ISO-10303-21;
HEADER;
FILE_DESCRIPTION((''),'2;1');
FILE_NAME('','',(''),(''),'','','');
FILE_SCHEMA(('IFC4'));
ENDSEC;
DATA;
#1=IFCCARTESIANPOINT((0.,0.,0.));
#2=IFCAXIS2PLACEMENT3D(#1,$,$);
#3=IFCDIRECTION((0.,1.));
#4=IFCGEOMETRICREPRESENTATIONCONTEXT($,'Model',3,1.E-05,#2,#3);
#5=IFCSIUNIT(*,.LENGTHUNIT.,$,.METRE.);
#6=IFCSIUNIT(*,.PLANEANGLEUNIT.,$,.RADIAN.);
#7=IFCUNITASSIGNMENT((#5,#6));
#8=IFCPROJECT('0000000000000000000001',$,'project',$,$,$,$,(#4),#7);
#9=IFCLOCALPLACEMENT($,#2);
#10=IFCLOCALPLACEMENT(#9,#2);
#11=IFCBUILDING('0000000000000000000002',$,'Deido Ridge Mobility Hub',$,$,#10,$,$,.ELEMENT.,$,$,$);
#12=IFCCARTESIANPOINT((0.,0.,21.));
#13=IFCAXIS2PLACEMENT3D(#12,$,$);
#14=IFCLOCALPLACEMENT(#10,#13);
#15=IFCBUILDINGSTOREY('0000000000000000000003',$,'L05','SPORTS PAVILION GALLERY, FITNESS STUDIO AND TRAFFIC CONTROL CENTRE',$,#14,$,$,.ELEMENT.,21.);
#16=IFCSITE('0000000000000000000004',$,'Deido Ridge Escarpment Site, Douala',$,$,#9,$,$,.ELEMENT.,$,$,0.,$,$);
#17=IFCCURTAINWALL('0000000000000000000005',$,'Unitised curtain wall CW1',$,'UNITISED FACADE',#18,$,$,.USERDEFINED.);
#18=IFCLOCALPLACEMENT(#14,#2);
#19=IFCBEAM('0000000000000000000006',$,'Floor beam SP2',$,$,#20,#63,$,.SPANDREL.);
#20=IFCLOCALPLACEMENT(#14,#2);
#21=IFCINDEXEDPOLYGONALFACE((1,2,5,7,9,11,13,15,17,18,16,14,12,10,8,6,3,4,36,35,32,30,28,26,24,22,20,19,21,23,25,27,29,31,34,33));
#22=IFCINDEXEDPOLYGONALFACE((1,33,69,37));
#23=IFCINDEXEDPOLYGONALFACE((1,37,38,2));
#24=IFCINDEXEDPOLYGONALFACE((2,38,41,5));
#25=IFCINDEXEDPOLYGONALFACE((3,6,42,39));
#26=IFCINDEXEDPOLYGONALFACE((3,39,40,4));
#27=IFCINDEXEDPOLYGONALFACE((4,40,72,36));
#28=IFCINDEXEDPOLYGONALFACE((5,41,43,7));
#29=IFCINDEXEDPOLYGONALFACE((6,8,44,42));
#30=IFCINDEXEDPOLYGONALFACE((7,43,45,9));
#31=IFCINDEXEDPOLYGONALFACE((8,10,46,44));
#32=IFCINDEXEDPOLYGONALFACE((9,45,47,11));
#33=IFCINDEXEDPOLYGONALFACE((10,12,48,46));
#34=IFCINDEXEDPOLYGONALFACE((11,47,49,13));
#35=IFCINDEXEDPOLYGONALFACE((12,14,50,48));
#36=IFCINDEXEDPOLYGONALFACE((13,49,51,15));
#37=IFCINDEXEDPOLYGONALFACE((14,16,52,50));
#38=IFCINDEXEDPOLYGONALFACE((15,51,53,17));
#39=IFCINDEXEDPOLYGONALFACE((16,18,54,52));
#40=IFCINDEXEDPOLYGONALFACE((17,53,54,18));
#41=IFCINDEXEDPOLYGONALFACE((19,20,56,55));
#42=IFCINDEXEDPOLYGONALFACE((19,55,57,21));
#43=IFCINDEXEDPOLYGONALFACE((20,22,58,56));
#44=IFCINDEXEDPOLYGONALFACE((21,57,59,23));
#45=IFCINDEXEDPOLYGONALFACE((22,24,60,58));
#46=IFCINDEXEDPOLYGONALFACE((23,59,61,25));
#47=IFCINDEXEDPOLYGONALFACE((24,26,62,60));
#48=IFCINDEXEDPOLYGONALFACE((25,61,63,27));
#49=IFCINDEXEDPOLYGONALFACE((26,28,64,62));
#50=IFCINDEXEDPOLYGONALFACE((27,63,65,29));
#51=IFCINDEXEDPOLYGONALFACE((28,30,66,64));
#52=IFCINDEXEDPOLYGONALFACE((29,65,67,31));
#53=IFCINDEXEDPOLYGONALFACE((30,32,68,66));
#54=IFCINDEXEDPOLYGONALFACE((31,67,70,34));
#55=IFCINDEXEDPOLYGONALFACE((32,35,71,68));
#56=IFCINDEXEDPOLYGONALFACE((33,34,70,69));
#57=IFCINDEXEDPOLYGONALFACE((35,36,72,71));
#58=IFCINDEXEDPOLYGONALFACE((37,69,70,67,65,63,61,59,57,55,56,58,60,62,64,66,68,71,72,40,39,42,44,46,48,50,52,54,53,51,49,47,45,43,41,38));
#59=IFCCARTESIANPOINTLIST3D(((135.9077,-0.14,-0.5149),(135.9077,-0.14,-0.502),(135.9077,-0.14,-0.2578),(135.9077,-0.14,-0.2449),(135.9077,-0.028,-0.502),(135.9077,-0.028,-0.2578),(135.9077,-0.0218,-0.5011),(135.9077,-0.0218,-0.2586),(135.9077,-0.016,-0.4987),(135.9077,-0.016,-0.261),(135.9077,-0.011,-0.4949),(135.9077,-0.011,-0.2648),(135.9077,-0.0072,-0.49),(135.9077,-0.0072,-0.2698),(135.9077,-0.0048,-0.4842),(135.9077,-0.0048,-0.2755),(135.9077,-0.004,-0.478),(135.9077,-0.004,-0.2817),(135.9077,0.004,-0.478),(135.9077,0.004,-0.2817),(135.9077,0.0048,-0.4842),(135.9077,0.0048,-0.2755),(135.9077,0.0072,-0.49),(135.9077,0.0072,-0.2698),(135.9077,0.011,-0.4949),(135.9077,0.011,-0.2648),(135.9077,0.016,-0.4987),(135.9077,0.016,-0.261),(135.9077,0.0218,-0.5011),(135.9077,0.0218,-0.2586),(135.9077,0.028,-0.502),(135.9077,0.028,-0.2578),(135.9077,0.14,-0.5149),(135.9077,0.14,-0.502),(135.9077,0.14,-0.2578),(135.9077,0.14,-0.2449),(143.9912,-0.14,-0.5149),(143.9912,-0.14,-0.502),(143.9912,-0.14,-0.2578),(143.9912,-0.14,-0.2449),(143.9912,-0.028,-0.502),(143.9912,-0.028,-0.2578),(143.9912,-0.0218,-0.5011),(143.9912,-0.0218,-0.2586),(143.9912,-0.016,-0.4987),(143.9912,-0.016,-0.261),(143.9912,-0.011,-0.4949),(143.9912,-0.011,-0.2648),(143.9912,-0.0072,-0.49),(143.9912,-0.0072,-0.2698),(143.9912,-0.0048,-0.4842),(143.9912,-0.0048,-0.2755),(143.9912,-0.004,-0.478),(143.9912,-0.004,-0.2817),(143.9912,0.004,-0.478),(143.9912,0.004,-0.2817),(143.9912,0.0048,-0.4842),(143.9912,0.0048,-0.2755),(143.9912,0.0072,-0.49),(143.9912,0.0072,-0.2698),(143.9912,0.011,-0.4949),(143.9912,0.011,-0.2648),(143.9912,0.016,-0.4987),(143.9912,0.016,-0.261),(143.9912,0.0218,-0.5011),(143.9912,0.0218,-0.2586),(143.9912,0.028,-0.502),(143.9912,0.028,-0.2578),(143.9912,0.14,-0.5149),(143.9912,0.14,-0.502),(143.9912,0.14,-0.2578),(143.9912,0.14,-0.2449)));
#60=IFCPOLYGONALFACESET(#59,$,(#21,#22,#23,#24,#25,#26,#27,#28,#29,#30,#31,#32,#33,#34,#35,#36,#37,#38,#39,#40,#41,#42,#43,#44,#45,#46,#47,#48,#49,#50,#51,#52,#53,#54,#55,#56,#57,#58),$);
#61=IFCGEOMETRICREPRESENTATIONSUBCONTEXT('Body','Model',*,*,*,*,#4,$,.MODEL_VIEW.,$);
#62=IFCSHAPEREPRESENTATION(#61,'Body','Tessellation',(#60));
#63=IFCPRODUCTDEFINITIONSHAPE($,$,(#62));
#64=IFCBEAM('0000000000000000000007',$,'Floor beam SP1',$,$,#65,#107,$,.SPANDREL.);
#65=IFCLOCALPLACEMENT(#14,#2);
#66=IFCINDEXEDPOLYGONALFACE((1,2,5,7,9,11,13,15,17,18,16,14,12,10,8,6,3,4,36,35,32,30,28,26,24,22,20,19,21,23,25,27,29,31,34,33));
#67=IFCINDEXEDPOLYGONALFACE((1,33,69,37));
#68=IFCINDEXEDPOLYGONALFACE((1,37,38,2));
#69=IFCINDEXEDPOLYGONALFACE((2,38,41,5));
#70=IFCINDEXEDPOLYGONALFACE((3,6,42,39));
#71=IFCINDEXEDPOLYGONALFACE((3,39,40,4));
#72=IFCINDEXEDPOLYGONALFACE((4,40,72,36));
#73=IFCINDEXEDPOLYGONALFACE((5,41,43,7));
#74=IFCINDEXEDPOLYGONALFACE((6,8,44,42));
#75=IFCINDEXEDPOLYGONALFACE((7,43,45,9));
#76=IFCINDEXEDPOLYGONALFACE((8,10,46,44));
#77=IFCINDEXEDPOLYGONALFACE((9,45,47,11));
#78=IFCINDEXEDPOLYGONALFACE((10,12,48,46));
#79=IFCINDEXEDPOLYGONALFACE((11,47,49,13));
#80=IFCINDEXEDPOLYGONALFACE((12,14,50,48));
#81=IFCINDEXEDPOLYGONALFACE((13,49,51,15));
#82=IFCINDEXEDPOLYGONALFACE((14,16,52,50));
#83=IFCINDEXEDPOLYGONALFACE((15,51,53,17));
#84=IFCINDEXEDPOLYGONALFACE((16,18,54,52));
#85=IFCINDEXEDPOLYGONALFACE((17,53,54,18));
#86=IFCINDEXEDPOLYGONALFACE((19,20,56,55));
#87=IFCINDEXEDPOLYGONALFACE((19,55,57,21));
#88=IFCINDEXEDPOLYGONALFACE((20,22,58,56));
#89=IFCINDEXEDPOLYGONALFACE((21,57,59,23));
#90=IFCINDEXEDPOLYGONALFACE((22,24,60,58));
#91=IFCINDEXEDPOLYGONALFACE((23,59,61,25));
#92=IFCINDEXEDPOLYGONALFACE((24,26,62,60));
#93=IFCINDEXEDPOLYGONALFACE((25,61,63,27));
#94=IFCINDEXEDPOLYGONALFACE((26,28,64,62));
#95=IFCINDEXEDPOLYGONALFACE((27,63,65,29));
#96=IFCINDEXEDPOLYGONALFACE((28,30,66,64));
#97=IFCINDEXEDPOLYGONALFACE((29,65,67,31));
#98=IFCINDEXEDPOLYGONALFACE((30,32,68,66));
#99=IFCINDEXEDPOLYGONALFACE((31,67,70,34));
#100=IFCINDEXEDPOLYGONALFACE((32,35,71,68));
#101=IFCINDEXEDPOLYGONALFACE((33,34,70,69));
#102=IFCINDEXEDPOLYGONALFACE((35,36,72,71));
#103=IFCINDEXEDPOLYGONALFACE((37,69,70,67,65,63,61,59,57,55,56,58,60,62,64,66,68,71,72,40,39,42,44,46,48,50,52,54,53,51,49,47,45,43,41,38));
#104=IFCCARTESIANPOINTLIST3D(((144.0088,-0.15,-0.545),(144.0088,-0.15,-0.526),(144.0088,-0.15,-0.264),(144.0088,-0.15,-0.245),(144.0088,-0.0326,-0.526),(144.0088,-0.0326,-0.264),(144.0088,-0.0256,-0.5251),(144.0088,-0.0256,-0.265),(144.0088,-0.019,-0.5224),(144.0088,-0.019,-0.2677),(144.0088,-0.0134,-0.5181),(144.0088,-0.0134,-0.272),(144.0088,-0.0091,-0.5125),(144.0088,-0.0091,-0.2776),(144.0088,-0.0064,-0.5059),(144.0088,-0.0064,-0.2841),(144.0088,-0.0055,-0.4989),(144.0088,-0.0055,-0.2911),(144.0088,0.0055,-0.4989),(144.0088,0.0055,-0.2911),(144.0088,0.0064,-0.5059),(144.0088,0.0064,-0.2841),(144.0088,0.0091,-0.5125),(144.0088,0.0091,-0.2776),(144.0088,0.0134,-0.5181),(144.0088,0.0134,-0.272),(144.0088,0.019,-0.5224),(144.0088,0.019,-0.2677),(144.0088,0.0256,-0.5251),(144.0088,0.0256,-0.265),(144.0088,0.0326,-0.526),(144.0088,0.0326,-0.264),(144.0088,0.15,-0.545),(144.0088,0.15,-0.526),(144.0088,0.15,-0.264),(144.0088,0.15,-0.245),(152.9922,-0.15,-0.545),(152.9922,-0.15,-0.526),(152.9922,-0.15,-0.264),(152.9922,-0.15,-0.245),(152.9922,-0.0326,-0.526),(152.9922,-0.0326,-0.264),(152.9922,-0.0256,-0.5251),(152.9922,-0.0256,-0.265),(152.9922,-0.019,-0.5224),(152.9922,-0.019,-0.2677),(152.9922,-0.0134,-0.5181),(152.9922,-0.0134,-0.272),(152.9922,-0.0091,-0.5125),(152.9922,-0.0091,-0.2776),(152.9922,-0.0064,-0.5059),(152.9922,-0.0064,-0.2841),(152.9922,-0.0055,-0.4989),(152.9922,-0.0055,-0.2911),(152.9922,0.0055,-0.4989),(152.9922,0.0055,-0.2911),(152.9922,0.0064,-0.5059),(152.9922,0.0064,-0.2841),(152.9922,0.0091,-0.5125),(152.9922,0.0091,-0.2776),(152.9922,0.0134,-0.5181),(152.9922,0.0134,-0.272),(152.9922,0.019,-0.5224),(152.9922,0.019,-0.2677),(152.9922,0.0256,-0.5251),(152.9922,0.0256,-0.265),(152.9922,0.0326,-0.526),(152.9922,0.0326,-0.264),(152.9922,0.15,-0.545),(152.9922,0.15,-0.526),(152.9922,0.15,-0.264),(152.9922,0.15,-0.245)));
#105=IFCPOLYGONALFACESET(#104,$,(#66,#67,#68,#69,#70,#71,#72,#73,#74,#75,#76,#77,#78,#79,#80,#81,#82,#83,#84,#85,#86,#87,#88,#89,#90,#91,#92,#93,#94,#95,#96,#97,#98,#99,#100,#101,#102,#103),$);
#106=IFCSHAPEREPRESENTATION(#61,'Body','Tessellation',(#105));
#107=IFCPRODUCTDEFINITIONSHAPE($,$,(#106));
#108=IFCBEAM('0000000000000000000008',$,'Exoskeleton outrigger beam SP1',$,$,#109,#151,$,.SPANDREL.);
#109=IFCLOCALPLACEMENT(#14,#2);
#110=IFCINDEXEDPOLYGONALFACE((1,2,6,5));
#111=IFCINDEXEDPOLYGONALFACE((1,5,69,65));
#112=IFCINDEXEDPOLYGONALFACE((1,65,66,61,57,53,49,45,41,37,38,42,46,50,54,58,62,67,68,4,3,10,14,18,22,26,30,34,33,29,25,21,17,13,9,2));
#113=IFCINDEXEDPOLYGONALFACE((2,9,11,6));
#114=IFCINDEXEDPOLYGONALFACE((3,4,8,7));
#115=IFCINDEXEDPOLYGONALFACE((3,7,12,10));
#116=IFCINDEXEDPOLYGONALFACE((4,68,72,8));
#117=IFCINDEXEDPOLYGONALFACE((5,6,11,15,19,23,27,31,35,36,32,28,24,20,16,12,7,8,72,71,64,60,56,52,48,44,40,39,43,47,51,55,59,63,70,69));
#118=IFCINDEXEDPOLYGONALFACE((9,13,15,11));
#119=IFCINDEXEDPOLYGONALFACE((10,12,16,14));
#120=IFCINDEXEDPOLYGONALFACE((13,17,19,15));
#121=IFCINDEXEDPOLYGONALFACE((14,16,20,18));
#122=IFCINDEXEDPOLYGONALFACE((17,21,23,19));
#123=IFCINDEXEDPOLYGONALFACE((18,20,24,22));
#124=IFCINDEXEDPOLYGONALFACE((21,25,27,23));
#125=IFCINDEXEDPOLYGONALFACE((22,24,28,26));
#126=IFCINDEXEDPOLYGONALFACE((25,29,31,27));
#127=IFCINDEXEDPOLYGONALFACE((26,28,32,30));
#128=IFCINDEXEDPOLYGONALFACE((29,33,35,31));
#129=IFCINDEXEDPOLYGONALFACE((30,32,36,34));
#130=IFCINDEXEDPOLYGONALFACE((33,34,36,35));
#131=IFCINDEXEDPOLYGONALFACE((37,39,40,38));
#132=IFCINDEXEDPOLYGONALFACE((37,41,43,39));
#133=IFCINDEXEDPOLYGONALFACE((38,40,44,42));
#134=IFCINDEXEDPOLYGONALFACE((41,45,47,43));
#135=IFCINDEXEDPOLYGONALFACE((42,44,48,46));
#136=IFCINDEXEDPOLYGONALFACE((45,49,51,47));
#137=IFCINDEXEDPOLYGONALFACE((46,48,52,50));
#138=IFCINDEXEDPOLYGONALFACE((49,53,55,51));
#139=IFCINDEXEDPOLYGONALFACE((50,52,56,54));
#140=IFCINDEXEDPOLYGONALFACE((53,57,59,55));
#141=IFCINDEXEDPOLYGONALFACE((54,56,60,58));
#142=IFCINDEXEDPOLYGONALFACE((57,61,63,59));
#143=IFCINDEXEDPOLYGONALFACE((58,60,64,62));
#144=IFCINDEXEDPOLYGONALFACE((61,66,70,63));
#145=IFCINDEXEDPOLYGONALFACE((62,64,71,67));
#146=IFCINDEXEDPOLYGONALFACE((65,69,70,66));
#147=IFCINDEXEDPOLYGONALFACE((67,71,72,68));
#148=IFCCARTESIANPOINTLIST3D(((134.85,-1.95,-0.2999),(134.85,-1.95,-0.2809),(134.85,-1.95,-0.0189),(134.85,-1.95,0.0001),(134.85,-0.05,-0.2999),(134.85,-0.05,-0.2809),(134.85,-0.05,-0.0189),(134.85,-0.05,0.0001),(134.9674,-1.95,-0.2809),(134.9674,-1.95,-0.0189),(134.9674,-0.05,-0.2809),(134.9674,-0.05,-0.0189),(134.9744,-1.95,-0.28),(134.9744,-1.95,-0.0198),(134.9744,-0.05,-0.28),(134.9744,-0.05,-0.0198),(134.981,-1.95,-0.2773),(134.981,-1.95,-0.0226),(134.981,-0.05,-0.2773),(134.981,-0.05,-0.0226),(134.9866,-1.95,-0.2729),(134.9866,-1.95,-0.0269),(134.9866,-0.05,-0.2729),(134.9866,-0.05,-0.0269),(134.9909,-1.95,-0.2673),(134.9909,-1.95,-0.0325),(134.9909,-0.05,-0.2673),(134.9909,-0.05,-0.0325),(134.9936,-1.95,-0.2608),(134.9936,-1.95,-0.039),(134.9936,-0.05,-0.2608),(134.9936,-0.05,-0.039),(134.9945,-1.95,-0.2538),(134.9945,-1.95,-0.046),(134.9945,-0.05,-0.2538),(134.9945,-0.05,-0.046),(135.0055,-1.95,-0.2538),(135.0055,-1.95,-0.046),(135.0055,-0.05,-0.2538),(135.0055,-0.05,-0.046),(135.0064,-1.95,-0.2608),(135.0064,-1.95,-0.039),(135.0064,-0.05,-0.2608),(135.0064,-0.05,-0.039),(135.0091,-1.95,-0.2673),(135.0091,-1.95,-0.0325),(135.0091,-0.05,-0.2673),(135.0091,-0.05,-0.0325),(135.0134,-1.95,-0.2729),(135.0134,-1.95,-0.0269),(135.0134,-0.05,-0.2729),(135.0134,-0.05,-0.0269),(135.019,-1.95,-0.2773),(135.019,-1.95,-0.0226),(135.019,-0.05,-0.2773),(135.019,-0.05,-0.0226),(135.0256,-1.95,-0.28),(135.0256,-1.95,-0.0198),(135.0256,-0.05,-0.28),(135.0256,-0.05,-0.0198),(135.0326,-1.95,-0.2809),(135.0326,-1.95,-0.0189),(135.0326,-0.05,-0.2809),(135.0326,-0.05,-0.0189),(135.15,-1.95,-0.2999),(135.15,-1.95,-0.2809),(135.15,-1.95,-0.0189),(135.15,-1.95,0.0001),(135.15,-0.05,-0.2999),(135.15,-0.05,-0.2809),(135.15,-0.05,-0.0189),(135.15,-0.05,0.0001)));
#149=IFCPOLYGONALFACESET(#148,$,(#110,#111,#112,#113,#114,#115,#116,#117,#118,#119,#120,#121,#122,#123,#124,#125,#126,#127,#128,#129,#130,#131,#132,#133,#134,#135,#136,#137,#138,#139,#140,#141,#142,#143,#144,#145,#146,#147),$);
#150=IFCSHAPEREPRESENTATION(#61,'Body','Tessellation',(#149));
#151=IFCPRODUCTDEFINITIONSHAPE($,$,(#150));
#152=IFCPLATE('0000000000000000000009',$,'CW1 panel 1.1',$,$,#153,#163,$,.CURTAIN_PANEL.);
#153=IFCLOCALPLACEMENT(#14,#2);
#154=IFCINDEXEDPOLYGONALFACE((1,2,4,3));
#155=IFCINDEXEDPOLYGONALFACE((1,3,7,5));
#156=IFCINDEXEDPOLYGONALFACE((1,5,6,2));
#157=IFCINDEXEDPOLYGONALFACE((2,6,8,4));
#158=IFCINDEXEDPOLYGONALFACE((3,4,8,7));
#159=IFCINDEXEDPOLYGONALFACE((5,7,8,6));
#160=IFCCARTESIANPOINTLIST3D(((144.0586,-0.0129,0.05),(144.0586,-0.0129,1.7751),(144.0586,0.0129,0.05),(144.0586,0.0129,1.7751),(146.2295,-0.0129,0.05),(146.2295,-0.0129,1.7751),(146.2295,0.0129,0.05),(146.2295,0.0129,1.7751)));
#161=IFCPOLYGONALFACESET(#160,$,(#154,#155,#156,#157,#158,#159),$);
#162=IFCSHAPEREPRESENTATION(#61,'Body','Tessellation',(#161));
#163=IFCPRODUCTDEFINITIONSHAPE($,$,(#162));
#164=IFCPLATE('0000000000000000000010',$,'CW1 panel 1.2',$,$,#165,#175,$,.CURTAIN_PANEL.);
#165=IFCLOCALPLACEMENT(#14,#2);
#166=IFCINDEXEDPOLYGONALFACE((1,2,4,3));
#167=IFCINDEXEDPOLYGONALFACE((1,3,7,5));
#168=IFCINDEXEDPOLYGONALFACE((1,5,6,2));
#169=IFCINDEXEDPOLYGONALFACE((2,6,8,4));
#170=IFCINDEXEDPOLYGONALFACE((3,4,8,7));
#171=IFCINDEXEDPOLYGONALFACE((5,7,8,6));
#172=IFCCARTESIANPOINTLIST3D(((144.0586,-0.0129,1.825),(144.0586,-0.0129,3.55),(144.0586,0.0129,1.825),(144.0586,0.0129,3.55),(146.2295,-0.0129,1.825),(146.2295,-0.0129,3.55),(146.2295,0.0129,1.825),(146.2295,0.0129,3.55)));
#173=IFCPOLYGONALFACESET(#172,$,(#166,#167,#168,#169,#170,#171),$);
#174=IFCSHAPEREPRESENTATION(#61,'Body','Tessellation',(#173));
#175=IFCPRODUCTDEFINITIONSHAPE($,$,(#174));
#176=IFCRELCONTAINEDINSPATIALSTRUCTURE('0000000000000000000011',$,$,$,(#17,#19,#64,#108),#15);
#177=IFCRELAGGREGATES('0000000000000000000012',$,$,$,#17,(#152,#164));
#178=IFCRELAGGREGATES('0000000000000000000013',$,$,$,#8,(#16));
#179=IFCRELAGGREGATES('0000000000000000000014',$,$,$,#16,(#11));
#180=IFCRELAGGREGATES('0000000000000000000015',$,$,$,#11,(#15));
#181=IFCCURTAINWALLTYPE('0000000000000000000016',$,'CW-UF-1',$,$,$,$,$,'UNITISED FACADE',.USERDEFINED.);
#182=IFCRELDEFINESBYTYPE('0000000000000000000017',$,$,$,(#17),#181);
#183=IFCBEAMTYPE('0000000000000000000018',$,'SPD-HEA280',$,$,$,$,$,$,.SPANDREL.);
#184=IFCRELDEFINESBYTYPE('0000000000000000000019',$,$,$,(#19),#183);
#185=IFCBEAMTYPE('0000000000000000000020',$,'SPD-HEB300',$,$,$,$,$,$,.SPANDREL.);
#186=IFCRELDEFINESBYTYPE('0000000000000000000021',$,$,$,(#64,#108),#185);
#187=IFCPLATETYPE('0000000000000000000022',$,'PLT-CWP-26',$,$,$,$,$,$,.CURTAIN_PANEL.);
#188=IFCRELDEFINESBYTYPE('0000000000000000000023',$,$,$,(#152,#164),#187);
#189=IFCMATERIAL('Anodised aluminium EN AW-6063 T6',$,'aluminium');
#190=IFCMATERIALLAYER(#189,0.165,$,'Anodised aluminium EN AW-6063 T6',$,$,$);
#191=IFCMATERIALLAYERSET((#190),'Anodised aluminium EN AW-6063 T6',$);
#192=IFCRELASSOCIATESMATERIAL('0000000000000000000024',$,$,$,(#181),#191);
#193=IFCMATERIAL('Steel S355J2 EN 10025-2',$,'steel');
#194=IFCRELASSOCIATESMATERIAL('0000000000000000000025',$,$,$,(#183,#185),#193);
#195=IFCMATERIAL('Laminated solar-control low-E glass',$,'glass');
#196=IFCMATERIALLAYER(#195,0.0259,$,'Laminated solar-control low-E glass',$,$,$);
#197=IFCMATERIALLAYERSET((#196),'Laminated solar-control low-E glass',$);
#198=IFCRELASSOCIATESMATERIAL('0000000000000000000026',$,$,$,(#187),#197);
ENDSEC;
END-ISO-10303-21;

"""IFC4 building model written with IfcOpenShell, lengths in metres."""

from ifc_helpers import new_model, si_unit, direction, frame, origin, origin_2d, place, context, subcontext, project, spatial, rectangle, i_section, extrude, material, layer, layer_set, material_profile, profile_set, type_object, element, aggregate, save


model = new_model("IFC4")

# Units and contexts
model_context = context("Model", 3, precision=1e-05, world=origin(), true_north=direction((0.0, 1.0)))
body_context = subcontext(model_context, "Body", "Model", "MODEL_VIEW")
ifc_project = project(units=[si_unit("LENGTHUNIT", "METRE"), si_unit("PLANEANGLEUNIT", "RADIAN")], contexts=[model_context])

# Site, building, storey
site_placement = place(None, origin())
site = spatial("IfcSite", under=ifc_project, at=site_placement, Name="Deido Ridge Escarpment Site, Douala", CompositionType="ELEMENT", RefElevation=0.0)
building_placement = place(site_placement, origin())
building = spatial("IfcBuilding", under=site, at=building_placement, Name="Deido Ridge Mobility Hub", CompositionType="ELEMENT")
storey_placement = place(building_placement, frame((0.0, 0.0, 21.0)))
storey = spatial("IfcBuildingStorey", under=building, at=storey_placement, Name="L05", Description="SPORTS PAVILION GALLERY, FITNESS STUDIO AND TRAFFIC CONTROL CENTRE", CompositionType="ELEMENT", Elevation=21.0)

# Shared definitions
ifc_material_1 = material(Name="Steel S355J2 EN 10025-2", Category="steel")

# Curtain wall
ifc_material_2 = material(Name="Anodised aluminium EN AW-6063 T6", Category="aluminium")
ifc_layer_1 = layer(ifc_material_2, 0.165, Name="Anodised aluminium EN AW-6063 T6")
ifc_layer_set_1 = layer_set([ifc_layer_1], Name="Anodised aluminium EN AW-6063 T6")
curtain_wall_type = type_object("IfcCurtainWallType", Name="CW-UF-1", ElementType="UNITISED FACADE", PredefinedType="USERDEFINED", material=ifc_layer_set_1)
curtain_wall_placement = place(storey_placement, origin())
curtain_wall = element("IfcCurtainWall", 1, at=curtain_wall_placement, inside=storey, type_object=curtain_wall_type, Name="Unitised curtain wall CW1", ObjectType="UNITISED FACADE", PredefinedType="USERDEFINED")

# Beams
ifc_material_profile_1 = material_profile(ifc_material_1, i_section(OverallWidth=0.28, OverallDepth=0.27, WebThickness=0.0081, FlangeThickness=0.0129, FilletRadius=0.0239, at=origin_2d()), Name="HEA 280")
ifc_profile_set_1 = profile_set([ifc_material_profile_1], Name="Steel S355J2 EN 10025-2")
beam_type_1 = type_object("IfcBeamType", Name="SPD-HEA280", PredefinedType="SPANDREL", material=ifc_profile_set_1)
beam_1_placement = place(storey_placement, frame((135.9077, 0.0, -0.3799), z_axis=(1.0, 0.0, 0.0), x_axis=(0.0, 1.0, 0.0)))
element("IfcBeam", 2, at=beam_1_placement, inside=storey, type_object=beam_type_1, Name="Floor beam SP2", PredefinedType="SPANDREL", context=body_context, shape_type="SweptSolid", body=[
    extrude(i_section(OverallWidth=0.28, OverallDepth=0.27, WebThickness=0.0081, FlangeThickness=0.0129, FilletRadius=0.0239, at=origin_2d()), origin(), (0.0, 0.0, 1.0), 8.0835),
])
ifc_material_profile_2 = material_profile(ifc_material_1, i_section(OverallWidth=0.3, OverallDepth=0.3, WebThickness=0.011, FlangeThickness=0.019, FilletRadius=0.0271, at=origin_2d()), Name="HEB 300")
ifc_profile_set_2 = profile_set([ifc_material_profile_2], Name="Steel S355J2 EN 10025-2")
beam_type_2 = type_object("IfcBeamType", Name="SPD-HEB300", PredefinedType="SPANDREL", material=ifc_profile_set_2)
beam_2_placement = place(storey_placement, frame((144.0088, 0.0, -0.395), z_axis=(1.0, 0.0, 0.0), x_axis=(0.0, 1.0, 0.0)))
element("IfcBeam", 3, at=beam_2_placement, inside=storey, type_object=beam_type_2, Name="Floor beam SP1", PredefinedType="SPANDREL", context=body_context, shape_type="SweptSolid", body=[
    extrude(i_section(OverallWidth=0.3, OverallDepth=0.3, WebThickness=0.011, FlangeThickness=0.019, FilletRadius=0.0271, at=origin_2d()), origin(), (0.0, 0.0, 1.0), 8.9834),
])
beam_3_placement = place(storey_placement, frame((135.0, -0.05, -0.1499), z_axis=(0.0, -1.0, 0.0), x_axis=(1.0, 0.0, 0.0)))
element("IfcBeam", 4, at=beam_3_placement, inside=storey, type_object=beam_type_2, Name="Exoskeleton outrigger beam SP1", PredefinedType="SPANDREL", context=body_context, shape_type="SweptSolid", body=[
    extrude(i_section(OverallWidth=0.3, OverallDepth=0.3, WebThickness=0.011, FlangeThickness=0.019, FilletRadius=0.0271, at=origin_2d()), origin(), (0.0, 0.0, 1.0), 1.8999),
])

# Plates
ifc_material_3 = material(Name="Laminated solar-control low-E glass", Category="glass")
ifc_layer_2 = layer(ifc_material_3, 0.0259, Name="Laminated solar-control low-E glass")
ifc_layer_set_2 = layer_set([ifc_layer_2], Name="Laminated solar-control low-E glass")
plate_type = type_object("IfcPlateType", Name="PLT-CWP-26", PredefinedType="CURTAIN_PANEL", material=ifc_layer_set_2)
plate_1_placement = place(storey_placement, frame((145.144, 0.0, 0.05), z_axis=(0.0, 0.0, 1.0), x_axis=(1.0, 0.0, 0.0)))
plate_1 = element("IfcPlate", 5, at=plate_1_placement, type_object=plate_type, Name="CW1 panel 1.1", PredefinedType="CURTAIN_PANEL", context=body_context, shape_type="SweptSolid", body=[
    extrude(rectangle(XDim=2.1709, YDim=0.0259, at=origin_2d()), origin(), (0.0, 0.0, 1.0), 1.7251),
])
plate_2_placement = place(storey_placement, frame((145.144, 0.0, 1.825), z_axis=(0.0, 0.0, 1.0), x_axis=(1.0, 0.0, 0.0)))
plate_2 = element("IfcPlate", 6, at=plate_2_placement, type_object=plate_type, Name="CW1 panel 1.2", PredefinedType="CURTAIN_PANEL", context=body_context, shape_type="SweptSolid", body=[
    extrude(rectangle(XDim=2.1709, YDim=0.0259, at=origin_2d()), origin(), (0.0, 0.0, 1.0), 1.7251),
])
aggregate(curtain_wall, [plate_1, plate_2])

save(model, "model.ifc")
